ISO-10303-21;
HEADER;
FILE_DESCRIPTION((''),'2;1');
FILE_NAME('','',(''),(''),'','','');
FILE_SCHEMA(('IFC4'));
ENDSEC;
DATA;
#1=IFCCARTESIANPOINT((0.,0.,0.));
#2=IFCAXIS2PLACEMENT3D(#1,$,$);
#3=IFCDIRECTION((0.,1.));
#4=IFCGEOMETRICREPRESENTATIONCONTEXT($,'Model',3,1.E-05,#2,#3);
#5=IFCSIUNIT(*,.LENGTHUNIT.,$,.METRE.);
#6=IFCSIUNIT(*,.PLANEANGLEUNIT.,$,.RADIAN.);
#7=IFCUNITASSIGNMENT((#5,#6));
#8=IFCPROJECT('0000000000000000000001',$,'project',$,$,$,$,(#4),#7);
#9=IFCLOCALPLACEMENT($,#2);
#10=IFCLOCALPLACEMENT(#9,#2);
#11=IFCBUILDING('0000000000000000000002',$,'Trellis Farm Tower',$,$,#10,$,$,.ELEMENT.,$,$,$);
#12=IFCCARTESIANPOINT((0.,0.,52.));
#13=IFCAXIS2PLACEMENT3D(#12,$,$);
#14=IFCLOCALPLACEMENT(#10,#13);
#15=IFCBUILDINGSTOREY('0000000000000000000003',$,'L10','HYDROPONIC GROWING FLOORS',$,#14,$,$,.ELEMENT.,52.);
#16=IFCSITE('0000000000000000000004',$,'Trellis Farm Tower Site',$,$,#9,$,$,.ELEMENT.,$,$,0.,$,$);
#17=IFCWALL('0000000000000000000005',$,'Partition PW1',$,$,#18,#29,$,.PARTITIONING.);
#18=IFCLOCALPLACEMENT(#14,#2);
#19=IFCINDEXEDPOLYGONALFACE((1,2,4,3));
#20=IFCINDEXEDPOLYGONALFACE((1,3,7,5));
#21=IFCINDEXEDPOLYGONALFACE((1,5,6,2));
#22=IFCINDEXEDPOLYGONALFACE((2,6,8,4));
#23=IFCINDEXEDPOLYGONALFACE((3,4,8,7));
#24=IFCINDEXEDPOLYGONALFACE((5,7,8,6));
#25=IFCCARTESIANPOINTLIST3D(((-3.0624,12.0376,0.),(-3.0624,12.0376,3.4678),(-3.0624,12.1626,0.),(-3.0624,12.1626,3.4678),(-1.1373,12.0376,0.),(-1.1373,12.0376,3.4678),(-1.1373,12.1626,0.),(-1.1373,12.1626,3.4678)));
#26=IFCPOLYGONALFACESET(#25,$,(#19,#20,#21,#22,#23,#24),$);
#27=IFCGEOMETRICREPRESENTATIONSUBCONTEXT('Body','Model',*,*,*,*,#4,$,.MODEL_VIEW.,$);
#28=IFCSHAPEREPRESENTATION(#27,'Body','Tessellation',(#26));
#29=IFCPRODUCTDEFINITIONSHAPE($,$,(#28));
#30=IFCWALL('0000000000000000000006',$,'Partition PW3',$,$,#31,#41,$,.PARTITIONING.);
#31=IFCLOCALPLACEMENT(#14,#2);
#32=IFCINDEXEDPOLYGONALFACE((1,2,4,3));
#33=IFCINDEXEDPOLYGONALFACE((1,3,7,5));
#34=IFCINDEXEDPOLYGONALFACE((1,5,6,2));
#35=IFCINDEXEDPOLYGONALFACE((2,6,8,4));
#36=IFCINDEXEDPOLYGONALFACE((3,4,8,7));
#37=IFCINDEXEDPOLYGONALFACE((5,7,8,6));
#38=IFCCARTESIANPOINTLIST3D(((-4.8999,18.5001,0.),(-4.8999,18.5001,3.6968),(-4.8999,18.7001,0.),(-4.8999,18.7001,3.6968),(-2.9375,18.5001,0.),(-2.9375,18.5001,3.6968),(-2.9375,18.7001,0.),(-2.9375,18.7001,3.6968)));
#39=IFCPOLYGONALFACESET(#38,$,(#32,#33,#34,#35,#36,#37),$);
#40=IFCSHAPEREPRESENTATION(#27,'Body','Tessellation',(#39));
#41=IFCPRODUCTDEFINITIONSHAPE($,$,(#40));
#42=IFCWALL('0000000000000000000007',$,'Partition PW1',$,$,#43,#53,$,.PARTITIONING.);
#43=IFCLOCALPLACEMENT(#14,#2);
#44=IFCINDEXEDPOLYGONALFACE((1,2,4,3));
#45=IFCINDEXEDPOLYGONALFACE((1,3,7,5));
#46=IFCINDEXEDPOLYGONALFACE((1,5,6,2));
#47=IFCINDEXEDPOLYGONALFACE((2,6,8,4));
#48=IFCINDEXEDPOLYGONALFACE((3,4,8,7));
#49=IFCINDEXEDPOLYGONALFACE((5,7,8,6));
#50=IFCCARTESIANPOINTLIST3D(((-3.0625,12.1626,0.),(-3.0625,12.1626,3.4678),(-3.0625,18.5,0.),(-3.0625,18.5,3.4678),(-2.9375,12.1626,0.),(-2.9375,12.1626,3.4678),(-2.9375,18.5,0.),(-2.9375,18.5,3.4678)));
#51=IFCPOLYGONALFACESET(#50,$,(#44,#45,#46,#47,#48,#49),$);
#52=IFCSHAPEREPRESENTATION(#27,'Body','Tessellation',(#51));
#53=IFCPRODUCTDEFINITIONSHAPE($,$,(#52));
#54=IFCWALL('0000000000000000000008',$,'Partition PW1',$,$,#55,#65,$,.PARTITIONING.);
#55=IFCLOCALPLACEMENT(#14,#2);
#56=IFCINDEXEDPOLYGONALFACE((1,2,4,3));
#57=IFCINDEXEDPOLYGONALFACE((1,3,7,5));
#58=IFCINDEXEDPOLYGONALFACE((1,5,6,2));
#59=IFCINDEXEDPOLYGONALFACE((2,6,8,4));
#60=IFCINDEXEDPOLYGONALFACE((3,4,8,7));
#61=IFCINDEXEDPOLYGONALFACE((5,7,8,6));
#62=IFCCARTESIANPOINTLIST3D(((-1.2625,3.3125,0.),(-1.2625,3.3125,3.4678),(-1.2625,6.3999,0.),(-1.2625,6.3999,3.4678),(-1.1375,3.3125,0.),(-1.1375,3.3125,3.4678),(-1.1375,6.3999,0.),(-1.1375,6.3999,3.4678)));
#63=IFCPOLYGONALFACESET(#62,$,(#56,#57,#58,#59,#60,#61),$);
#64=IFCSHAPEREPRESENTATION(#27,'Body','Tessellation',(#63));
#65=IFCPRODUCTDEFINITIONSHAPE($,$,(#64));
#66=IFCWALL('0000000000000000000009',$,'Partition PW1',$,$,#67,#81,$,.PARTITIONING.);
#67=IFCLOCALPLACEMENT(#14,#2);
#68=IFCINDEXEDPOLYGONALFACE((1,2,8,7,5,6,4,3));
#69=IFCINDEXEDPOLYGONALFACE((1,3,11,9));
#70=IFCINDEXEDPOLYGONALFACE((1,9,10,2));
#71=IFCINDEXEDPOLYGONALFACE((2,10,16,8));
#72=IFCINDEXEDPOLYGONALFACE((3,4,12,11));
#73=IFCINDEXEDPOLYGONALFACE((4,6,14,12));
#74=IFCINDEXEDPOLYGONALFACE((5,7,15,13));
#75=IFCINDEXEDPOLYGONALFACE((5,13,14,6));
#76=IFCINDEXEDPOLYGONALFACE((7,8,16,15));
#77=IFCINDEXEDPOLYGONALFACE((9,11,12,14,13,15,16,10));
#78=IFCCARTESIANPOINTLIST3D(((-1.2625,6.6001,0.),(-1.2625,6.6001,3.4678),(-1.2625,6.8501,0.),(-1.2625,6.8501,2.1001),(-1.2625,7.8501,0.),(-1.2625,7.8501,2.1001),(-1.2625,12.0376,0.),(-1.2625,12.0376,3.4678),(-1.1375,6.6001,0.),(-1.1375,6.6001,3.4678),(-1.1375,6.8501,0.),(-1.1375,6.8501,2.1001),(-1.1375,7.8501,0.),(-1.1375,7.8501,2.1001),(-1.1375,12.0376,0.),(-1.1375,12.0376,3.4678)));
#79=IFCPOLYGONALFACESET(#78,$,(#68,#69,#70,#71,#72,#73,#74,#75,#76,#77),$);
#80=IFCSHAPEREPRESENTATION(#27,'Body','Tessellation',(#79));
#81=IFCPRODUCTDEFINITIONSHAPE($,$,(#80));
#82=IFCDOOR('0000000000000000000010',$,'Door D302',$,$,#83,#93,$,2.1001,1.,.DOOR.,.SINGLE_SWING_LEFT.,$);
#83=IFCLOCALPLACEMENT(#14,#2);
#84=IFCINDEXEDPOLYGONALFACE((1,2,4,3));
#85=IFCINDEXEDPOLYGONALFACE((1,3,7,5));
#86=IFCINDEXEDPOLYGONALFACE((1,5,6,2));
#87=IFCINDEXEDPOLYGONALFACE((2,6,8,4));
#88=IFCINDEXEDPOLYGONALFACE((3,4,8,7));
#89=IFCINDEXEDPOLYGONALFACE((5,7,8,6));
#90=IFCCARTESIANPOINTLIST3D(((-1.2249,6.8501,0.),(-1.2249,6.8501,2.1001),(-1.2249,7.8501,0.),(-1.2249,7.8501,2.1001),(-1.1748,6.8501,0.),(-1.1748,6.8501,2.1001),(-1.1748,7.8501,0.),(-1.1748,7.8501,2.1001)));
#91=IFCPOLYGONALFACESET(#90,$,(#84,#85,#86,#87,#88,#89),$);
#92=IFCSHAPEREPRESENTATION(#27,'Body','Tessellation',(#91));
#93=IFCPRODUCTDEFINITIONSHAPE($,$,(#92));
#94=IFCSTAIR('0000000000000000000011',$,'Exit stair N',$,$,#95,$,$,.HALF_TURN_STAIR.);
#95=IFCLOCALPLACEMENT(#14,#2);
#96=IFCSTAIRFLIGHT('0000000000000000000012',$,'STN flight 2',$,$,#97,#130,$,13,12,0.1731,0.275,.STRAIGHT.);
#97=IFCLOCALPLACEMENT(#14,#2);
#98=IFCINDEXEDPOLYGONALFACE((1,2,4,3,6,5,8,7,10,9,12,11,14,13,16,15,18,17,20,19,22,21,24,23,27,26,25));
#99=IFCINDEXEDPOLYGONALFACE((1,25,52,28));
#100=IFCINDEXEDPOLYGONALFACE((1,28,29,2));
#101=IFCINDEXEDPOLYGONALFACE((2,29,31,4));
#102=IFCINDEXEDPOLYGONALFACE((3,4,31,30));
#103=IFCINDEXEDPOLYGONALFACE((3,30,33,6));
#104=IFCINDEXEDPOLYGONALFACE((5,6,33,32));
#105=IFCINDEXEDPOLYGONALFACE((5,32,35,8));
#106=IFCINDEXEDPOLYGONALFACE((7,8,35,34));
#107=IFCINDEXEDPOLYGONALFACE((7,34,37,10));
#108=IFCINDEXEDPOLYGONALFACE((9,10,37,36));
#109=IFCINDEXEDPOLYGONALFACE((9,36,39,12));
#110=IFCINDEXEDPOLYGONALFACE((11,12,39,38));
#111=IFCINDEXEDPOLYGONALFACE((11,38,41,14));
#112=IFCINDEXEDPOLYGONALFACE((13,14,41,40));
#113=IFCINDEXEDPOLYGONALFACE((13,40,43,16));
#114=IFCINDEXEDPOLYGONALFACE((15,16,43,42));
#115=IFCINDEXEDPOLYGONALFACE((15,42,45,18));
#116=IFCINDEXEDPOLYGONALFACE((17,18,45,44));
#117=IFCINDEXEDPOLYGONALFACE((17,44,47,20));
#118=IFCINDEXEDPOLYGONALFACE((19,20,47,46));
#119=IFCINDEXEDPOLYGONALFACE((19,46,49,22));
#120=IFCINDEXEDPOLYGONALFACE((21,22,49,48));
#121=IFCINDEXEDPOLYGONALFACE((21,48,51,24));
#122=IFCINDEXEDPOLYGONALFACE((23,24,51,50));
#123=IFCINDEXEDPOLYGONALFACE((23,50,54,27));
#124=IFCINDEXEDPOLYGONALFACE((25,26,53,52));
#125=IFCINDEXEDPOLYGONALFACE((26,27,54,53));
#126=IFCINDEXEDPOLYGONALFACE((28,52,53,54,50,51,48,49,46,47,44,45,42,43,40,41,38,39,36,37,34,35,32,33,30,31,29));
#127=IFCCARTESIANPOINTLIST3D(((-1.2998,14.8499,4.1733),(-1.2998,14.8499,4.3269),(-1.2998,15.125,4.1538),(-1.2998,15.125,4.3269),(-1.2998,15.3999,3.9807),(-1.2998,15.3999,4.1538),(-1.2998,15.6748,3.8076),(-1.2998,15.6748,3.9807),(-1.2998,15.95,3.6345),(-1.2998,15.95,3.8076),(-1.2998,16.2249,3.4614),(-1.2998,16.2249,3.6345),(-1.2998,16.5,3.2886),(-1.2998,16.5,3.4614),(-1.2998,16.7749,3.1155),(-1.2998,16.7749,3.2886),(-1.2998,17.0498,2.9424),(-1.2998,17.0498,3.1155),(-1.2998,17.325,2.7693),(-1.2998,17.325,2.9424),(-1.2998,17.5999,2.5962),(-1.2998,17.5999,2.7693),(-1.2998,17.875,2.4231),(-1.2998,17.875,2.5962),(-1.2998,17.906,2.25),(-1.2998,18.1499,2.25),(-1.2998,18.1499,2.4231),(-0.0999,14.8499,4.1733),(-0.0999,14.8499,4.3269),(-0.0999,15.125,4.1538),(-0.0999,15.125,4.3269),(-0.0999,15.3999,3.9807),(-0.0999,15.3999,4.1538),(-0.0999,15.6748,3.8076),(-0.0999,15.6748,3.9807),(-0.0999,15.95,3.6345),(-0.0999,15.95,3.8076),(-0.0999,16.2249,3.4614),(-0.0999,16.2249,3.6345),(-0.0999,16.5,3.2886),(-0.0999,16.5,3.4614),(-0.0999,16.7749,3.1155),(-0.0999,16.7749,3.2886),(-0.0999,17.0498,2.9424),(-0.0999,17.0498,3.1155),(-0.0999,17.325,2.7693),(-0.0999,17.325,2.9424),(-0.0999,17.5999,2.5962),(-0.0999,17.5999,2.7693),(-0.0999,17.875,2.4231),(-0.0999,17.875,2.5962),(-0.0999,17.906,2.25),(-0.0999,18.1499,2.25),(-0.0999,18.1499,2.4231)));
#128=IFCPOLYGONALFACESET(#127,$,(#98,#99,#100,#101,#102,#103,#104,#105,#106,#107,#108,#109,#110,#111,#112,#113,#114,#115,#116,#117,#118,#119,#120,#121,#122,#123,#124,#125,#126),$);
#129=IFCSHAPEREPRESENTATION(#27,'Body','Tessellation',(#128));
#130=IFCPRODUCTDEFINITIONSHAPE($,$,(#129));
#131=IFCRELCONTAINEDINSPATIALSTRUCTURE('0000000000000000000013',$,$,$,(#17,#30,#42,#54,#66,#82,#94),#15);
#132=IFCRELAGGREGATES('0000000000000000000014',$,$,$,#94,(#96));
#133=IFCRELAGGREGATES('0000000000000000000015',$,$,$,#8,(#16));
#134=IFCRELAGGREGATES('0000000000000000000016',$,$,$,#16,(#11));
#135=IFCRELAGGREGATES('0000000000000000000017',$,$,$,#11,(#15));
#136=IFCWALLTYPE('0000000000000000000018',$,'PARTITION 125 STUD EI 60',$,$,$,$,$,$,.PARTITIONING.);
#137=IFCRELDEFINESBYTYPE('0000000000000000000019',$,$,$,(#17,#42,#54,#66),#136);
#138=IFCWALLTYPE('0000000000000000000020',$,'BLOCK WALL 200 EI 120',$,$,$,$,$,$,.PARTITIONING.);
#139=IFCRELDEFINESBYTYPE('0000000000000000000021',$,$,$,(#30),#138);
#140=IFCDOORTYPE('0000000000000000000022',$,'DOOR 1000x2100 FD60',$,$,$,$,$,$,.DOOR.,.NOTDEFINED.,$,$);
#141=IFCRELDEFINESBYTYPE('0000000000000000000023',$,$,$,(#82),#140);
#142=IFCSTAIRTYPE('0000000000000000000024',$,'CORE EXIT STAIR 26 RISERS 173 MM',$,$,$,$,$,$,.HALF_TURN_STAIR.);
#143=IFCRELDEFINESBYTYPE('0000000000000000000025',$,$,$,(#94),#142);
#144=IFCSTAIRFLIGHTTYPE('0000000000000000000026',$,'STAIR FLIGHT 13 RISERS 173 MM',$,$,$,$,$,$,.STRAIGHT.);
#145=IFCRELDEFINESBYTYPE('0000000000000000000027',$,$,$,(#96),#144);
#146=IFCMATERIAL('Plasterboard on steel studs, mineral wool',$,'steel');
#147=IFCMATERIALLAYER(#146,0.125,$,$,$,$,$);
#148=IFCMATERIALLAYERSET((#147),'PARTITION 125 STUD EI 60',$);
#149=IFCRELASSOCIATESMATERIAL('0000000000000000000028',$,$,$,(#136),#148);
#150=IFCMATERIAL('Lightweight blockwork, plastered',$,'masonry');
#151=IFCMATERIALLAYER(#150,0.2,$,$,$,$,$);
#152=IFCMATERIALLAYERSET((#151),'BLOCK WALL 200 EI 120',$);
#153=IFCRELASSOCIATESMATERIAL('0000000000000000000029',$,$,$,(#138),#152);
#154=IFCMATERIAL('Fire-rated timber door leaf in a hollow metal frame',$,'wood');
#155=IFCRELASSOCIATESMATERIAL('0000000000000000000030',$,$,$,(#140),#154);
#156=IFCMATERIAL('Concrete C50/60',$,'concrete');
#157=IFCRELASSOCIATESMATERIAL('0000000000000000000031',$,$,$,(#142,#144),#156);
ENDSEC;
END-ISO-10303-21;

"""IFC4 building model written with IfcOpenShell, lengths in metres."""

from ifc_helpers import new_model, si_unit, direction, frame, frame_2d, origin, place, context, subcontext, project, spatial, polyline, rectangle, outline, extrude, source, transform, mapped, material, layer, layer_set, type_object, element, fill, aggregate, save


model = new_model("IFC4")

# Units and contexts
model_context = context("Model", 3, precision=1e-05, world=origin(), true_north=direction((0.0, 1.0)))
body_context = subcontext(model_context, "Body", "Model", "MODEL_VIEW")
ifc_project = project(units=[si_unit("LENGTHUNIT", "METRE"), si_unit("PLANEANGLEUNIT", "RADIAN")], contexts=[model_context])

# Site, building, storey
site_placement = place(None, origin())
site = spatial("IfcSite", under=ifc_project, at=site_placement, Name="Trellis Farm Tower Site", CompositionType="ELEMENT", RefElevation=0.0)
building_placement = place(site_placement, origin())
building = spatial("IfcBuilding", under=site, at=building_placement, Name="Trellis Farm Tower", CompositionType="ELEMENT")
storey_placement = place(building_placement, frame((0.0, 0.0, 52.0)))
storey = spatial("IfcBuildingStorey", under=building, at=storey_placement, Name="L10", Description="HYDROPONIC GROWING FLOORS", CompositionType="ELEMENT", Elevation=52.0)

# Shared definitions
placement = place(storey_placement, origin())

# Shared definitions
ifc_material_1 = material(Name="Plasterboard on steel studs, mineral wool", Category="steel")
ifc_layer_1 = layer(ifc_material_1, 0.125)
ifc_layer_set_1 = layer_set([ifc_layer_1], Name="PARTITION 125 STUD EI 60")
wall_type_1 = type_object("IfcWallType", Name="PARTITION 125 STUD EI 60", PredefinedType="PARTITIONING", material=ifc_layer_set_1)
shared_shape_1 = source(origin(), body_context, "Body", "SweptSolid", [
    extrude(rectangle(XDim=1.0, YDim=2.1001, at=frame_2d((0.5, 1.05))), frame((0.0, 0.0725, 0.0), z_axis=(0.0, -1.0, 0.0), x_axis=(1.0, 0.0, 0.0)), (0.0, 0.0, 1.0), 0.145),
])
ifc_material_2 = material(Name="Fire-rated timber door leaf in a hollow metal frame", Category="wood")
shared_shape_2 = source(origin(), body_context, "Body", "SweptSolid", [
    extrude(rectangle(XDim=1.0, YDim=2.1001, at=frame_2d((0.5, 1.05))), frame((0.0, 0.0249, 0.0), z_axis=(0.0, -1.0, 0.0), x_axis=(1.0, 0.0, 0.0)), (0.0, 0.0, 1.0), 0.05),
])

# Walls
shared_shape_3 = source(origin(), body_context, "Body", "SweptSolid", [
    extrude(rectangle(XDim=1.925, YDim=0.125, at=frame_2d((0.9624, 0.0))), origin(), (0.0, 0.0, 1.0), 3.4678),
])
wall_1_placement = place(storey_placement, frame((-1.1375, 12.1001, 0.0), z_axis=(0.0, 0.0, 1.0), x_axis=(-1.0, 0.0, 0.0)))
element("IfcWall", 1, at=wall_1_placement, inside=storey, type_object=wall_type_1, Name="Partition PW1", PredefinedType="PARTITIONING", context=body_context, shape_type="MappedRepresentation", body=[
    mapped(shared_shape_3, transform((0.0, 0.0, 0.0))),
])
ifc_material_3 = material(Name="Lightweight blockwork, plastered", Category="masonry")
ifc_layer_2 = layer(ifc_material_3, 0.2)
ifc_layer_set_2 = layer_set([ifc_layer_2], Name="BLOCK WALL 200 EI 120")
wall_type_2 = type_object("IfcWallType", Name="BLOCK WALL 200 EI 120", PredefinedType="PARTITIONING", material=ifc_layer_set_2)
shared_shape_4 = source(origin(), body_context, "Body", "SweptSolid", [
    extrude(rectangle(XDim=1.9624, YDim=0.2, at=frame_2d((0.9812, 0.0))), origin(), (0.0, 0.0, 1.0), 3.6968),
])
wall_2_placement = place(storey_placement, frame((-4.8999, 18.6001, 0.0), z_axis=(0.0, 0.0, 1.0), x_axis=(1.0, 0.0, 0.0)))
element("IfcWall", 2, at=wall_2_placement, inside=storey, type_object=wall_type_2, Name="Partition PW3", PredefinedType="PARTITIONING", context=body_context, shape_type="MappedRepresentation", body=[
    mapped(shared_shape_4, transform((0.0, 0.0, 0.0))),
])
shared_shape_5 = source(origin(), body_context, "Body", "SweptSolid", [
    extrude(rectangle(XDim=6.3374, YDim=0.125, at=frame_2d((3.1687, 0.0))), origin(), (0.0, 0.0, 1.0), 3.4678),
])
wall_3_placement = place(storey_placement, frame((-3.0, 12.1626, 0.0), z_axis=(0.0, 0.0, 1.0), x_axis=(0.0, 1.0, 0.0)))
element("IfcWall", 3, at=wall_3_placement, inside=storey, type_object=wall_type_1, Name="Partition PW1", PredefinedType="PARTITIONING", context=body_context, shape_type="MappedRepresentation", body=[
    mapped(shared_shape_5, transform((0.0, 0.0, 0.0))),
])
shared_shape_6 = source(origin(), body_context, "Body", "SweptSolid", [
    extrude(rectangle(XDim=3.0874, YDim=0.125, at=frame_2d((1.5437, 0.0))), origin(), (0.0, 0.0, 1.0), 3.4678),
])
wall_4_placement = place(storey_placement, frame((-1.2, 6.3999, 0.0), z_axis=(0.0, 0.0, 1.0), x_axis=(0.0, -1.0, 0.0)))
element("IfcWall", 4, at=wall_4_placement, inside=storey, type_object=wall_type_1, Name="Partition PW1", PredefinedType="PARTITIONING", context=body_context, shape_type="MappedRepresentation", body=[
    mapped(shared_shape_6, transform((0.0, 0.0, 0.0))),
])

# Wall, opening, door
shared_shape_7 = source(origin(), body_context, "Body", "SweptSolid", [
    extrude(rectangle(XDim=5.4375, YDim=0.125, at=frame_2d((2.7188, 0.0))), origin(), (0.0, 0.0, 1.0), 3.4678),
])
wall_5_placement = place(storey_placement, frame((-1.2, 6.6001, 0.0), z_axis=(0.0, 0.0, 1.0), x_axis=(0.0, 1.0, 0.0)))
wall_5 = element("IfcWall", 5, at=wall_5_placement, inside=storey, type_object=wall_type_1, Name="Partition PW1", PredefinedType="PARTITIONING", context=body_context, shape_type="MappedRepresentation", body=[
    mapped(shared_shape_7, transform((0.0, 0.0, 0.0))),
])
opening_1_placement = place(wall_5_placement, frame((0.25, 0.0, 0.0)))
opening_1 = element("IfcOpeningElement", 6, at=opening_1_placement, cuts=wall_5, PredefinedType="OPENING", context=body_context, shape_type="MappedRepresentation", body=[
    mapped(shared_shape_1, transform((0.0, 0.0, 0.0))),
])
door_type_1 = type_object("IfcDoorType", Name="DOOR 1000x2100 FD60", OperationType="NOTDEFINED", PredefinedType="DOOR", material=ifc_material_2)
door_1_placement = place(opening_1_placement, origin())
door_1 = element("IfcDoor", 7, at=door_1_placement, inside=storey, type_object=door_type_1, Name="Door D302", OperationType="SINGLE_SWING_LEFT", OverallHeight=2.1001, OverallWidth=1.0, PredefinedType="DOOR", context=body_context, shape_type="MappedRepresentation", body=[
    mapped(shared_shape_2, transform((0.0, 0.0, 0.0))),
])
fill(opening_1, door_1)

# Stair, stair flight
ifc_material_4 = material(Name="Concrete C50/60", Category="concrete")
stair_type = type_object("IfcStairType", Name="CORE EXIT STAIR 26 RISERS 173 MM", PredefinedType="HALF_TURN_STAIR", material=ifc_material_4)
stair = element("IfcStair", 8, at=placement, inside=storey, type_object=stair_type, Name="Exit stair N", PredefinedType="HALF_TURN_STAIR")
stair_flight_type = type_object("IfcStairFlightType", Name="STAIR FLIGHT 13 RISERS 173 MM", PredefinedType="STRAIGHT", material=ifc_material_4)
shared_shape_8 = source(origin(), body_context, "Body", "SweptSolid", [
    extrude(outline(polyline([(0.0, 0.0), (0.0, 0.1731), (0.2749, 0.1731), (0.2749, 0.3462), (0.55, 0.3462), (0.55, 0.5193), (0.825, 0.5193), (0.825, 0.6924), (1.1001, 0.6924), (1.1001, 0.8655), (1.375, 0.8655), (1.375, 1.0386), (1.6499, 1.0386), (1.6499, 1.2114), (1.925, 1.2114), (1.925, 1.3845), (2.2, 1.3845), (2.2, 1.5576), (2.4751, 1.5576), (2.4751, 1.7307), (2.75, 1.7307), (2.75, 1.9038), (3.0249, 1.9038), (3.0249, 2.0769), (3.3, 2.0769), (3.3, 2.25), (3.3, 1.9233), (0.2439, 0.0), (0.0, 0.0)])), frame((0.0, 0.6001, 0.0), z_axis=(0.0, -1.0, 0.0), x_axis=(1.0, 0.0, 0.0)), (0.0, 0.0, 1.0), 1.2),
])
stair_flight_placement = place(storey_placement, frame((-0.7, 18.1499, 2.25), z_axis=(0.0, 0.0, 1.0), x_axis=(0.0, -1.0, 0.0)))
stair_flight = element("IfcStairFlight", 9, at=stair_flight_placement, type_object=stair_flight_type, Name="STN flight 2", NumberOfRisers=13, NumberOfTreads=12, PredefinedType="STRAIGHT", RiserHeight=0.1731, TreadLength=0.275, context=body_context, shape_type="MappedRepresentation", body=[
    mapped(shared_shape_8, transform((0.0, 0.0, 0.0))),
])
aggregate(stair, [stair_flight])

save(model, "model.ifc")
